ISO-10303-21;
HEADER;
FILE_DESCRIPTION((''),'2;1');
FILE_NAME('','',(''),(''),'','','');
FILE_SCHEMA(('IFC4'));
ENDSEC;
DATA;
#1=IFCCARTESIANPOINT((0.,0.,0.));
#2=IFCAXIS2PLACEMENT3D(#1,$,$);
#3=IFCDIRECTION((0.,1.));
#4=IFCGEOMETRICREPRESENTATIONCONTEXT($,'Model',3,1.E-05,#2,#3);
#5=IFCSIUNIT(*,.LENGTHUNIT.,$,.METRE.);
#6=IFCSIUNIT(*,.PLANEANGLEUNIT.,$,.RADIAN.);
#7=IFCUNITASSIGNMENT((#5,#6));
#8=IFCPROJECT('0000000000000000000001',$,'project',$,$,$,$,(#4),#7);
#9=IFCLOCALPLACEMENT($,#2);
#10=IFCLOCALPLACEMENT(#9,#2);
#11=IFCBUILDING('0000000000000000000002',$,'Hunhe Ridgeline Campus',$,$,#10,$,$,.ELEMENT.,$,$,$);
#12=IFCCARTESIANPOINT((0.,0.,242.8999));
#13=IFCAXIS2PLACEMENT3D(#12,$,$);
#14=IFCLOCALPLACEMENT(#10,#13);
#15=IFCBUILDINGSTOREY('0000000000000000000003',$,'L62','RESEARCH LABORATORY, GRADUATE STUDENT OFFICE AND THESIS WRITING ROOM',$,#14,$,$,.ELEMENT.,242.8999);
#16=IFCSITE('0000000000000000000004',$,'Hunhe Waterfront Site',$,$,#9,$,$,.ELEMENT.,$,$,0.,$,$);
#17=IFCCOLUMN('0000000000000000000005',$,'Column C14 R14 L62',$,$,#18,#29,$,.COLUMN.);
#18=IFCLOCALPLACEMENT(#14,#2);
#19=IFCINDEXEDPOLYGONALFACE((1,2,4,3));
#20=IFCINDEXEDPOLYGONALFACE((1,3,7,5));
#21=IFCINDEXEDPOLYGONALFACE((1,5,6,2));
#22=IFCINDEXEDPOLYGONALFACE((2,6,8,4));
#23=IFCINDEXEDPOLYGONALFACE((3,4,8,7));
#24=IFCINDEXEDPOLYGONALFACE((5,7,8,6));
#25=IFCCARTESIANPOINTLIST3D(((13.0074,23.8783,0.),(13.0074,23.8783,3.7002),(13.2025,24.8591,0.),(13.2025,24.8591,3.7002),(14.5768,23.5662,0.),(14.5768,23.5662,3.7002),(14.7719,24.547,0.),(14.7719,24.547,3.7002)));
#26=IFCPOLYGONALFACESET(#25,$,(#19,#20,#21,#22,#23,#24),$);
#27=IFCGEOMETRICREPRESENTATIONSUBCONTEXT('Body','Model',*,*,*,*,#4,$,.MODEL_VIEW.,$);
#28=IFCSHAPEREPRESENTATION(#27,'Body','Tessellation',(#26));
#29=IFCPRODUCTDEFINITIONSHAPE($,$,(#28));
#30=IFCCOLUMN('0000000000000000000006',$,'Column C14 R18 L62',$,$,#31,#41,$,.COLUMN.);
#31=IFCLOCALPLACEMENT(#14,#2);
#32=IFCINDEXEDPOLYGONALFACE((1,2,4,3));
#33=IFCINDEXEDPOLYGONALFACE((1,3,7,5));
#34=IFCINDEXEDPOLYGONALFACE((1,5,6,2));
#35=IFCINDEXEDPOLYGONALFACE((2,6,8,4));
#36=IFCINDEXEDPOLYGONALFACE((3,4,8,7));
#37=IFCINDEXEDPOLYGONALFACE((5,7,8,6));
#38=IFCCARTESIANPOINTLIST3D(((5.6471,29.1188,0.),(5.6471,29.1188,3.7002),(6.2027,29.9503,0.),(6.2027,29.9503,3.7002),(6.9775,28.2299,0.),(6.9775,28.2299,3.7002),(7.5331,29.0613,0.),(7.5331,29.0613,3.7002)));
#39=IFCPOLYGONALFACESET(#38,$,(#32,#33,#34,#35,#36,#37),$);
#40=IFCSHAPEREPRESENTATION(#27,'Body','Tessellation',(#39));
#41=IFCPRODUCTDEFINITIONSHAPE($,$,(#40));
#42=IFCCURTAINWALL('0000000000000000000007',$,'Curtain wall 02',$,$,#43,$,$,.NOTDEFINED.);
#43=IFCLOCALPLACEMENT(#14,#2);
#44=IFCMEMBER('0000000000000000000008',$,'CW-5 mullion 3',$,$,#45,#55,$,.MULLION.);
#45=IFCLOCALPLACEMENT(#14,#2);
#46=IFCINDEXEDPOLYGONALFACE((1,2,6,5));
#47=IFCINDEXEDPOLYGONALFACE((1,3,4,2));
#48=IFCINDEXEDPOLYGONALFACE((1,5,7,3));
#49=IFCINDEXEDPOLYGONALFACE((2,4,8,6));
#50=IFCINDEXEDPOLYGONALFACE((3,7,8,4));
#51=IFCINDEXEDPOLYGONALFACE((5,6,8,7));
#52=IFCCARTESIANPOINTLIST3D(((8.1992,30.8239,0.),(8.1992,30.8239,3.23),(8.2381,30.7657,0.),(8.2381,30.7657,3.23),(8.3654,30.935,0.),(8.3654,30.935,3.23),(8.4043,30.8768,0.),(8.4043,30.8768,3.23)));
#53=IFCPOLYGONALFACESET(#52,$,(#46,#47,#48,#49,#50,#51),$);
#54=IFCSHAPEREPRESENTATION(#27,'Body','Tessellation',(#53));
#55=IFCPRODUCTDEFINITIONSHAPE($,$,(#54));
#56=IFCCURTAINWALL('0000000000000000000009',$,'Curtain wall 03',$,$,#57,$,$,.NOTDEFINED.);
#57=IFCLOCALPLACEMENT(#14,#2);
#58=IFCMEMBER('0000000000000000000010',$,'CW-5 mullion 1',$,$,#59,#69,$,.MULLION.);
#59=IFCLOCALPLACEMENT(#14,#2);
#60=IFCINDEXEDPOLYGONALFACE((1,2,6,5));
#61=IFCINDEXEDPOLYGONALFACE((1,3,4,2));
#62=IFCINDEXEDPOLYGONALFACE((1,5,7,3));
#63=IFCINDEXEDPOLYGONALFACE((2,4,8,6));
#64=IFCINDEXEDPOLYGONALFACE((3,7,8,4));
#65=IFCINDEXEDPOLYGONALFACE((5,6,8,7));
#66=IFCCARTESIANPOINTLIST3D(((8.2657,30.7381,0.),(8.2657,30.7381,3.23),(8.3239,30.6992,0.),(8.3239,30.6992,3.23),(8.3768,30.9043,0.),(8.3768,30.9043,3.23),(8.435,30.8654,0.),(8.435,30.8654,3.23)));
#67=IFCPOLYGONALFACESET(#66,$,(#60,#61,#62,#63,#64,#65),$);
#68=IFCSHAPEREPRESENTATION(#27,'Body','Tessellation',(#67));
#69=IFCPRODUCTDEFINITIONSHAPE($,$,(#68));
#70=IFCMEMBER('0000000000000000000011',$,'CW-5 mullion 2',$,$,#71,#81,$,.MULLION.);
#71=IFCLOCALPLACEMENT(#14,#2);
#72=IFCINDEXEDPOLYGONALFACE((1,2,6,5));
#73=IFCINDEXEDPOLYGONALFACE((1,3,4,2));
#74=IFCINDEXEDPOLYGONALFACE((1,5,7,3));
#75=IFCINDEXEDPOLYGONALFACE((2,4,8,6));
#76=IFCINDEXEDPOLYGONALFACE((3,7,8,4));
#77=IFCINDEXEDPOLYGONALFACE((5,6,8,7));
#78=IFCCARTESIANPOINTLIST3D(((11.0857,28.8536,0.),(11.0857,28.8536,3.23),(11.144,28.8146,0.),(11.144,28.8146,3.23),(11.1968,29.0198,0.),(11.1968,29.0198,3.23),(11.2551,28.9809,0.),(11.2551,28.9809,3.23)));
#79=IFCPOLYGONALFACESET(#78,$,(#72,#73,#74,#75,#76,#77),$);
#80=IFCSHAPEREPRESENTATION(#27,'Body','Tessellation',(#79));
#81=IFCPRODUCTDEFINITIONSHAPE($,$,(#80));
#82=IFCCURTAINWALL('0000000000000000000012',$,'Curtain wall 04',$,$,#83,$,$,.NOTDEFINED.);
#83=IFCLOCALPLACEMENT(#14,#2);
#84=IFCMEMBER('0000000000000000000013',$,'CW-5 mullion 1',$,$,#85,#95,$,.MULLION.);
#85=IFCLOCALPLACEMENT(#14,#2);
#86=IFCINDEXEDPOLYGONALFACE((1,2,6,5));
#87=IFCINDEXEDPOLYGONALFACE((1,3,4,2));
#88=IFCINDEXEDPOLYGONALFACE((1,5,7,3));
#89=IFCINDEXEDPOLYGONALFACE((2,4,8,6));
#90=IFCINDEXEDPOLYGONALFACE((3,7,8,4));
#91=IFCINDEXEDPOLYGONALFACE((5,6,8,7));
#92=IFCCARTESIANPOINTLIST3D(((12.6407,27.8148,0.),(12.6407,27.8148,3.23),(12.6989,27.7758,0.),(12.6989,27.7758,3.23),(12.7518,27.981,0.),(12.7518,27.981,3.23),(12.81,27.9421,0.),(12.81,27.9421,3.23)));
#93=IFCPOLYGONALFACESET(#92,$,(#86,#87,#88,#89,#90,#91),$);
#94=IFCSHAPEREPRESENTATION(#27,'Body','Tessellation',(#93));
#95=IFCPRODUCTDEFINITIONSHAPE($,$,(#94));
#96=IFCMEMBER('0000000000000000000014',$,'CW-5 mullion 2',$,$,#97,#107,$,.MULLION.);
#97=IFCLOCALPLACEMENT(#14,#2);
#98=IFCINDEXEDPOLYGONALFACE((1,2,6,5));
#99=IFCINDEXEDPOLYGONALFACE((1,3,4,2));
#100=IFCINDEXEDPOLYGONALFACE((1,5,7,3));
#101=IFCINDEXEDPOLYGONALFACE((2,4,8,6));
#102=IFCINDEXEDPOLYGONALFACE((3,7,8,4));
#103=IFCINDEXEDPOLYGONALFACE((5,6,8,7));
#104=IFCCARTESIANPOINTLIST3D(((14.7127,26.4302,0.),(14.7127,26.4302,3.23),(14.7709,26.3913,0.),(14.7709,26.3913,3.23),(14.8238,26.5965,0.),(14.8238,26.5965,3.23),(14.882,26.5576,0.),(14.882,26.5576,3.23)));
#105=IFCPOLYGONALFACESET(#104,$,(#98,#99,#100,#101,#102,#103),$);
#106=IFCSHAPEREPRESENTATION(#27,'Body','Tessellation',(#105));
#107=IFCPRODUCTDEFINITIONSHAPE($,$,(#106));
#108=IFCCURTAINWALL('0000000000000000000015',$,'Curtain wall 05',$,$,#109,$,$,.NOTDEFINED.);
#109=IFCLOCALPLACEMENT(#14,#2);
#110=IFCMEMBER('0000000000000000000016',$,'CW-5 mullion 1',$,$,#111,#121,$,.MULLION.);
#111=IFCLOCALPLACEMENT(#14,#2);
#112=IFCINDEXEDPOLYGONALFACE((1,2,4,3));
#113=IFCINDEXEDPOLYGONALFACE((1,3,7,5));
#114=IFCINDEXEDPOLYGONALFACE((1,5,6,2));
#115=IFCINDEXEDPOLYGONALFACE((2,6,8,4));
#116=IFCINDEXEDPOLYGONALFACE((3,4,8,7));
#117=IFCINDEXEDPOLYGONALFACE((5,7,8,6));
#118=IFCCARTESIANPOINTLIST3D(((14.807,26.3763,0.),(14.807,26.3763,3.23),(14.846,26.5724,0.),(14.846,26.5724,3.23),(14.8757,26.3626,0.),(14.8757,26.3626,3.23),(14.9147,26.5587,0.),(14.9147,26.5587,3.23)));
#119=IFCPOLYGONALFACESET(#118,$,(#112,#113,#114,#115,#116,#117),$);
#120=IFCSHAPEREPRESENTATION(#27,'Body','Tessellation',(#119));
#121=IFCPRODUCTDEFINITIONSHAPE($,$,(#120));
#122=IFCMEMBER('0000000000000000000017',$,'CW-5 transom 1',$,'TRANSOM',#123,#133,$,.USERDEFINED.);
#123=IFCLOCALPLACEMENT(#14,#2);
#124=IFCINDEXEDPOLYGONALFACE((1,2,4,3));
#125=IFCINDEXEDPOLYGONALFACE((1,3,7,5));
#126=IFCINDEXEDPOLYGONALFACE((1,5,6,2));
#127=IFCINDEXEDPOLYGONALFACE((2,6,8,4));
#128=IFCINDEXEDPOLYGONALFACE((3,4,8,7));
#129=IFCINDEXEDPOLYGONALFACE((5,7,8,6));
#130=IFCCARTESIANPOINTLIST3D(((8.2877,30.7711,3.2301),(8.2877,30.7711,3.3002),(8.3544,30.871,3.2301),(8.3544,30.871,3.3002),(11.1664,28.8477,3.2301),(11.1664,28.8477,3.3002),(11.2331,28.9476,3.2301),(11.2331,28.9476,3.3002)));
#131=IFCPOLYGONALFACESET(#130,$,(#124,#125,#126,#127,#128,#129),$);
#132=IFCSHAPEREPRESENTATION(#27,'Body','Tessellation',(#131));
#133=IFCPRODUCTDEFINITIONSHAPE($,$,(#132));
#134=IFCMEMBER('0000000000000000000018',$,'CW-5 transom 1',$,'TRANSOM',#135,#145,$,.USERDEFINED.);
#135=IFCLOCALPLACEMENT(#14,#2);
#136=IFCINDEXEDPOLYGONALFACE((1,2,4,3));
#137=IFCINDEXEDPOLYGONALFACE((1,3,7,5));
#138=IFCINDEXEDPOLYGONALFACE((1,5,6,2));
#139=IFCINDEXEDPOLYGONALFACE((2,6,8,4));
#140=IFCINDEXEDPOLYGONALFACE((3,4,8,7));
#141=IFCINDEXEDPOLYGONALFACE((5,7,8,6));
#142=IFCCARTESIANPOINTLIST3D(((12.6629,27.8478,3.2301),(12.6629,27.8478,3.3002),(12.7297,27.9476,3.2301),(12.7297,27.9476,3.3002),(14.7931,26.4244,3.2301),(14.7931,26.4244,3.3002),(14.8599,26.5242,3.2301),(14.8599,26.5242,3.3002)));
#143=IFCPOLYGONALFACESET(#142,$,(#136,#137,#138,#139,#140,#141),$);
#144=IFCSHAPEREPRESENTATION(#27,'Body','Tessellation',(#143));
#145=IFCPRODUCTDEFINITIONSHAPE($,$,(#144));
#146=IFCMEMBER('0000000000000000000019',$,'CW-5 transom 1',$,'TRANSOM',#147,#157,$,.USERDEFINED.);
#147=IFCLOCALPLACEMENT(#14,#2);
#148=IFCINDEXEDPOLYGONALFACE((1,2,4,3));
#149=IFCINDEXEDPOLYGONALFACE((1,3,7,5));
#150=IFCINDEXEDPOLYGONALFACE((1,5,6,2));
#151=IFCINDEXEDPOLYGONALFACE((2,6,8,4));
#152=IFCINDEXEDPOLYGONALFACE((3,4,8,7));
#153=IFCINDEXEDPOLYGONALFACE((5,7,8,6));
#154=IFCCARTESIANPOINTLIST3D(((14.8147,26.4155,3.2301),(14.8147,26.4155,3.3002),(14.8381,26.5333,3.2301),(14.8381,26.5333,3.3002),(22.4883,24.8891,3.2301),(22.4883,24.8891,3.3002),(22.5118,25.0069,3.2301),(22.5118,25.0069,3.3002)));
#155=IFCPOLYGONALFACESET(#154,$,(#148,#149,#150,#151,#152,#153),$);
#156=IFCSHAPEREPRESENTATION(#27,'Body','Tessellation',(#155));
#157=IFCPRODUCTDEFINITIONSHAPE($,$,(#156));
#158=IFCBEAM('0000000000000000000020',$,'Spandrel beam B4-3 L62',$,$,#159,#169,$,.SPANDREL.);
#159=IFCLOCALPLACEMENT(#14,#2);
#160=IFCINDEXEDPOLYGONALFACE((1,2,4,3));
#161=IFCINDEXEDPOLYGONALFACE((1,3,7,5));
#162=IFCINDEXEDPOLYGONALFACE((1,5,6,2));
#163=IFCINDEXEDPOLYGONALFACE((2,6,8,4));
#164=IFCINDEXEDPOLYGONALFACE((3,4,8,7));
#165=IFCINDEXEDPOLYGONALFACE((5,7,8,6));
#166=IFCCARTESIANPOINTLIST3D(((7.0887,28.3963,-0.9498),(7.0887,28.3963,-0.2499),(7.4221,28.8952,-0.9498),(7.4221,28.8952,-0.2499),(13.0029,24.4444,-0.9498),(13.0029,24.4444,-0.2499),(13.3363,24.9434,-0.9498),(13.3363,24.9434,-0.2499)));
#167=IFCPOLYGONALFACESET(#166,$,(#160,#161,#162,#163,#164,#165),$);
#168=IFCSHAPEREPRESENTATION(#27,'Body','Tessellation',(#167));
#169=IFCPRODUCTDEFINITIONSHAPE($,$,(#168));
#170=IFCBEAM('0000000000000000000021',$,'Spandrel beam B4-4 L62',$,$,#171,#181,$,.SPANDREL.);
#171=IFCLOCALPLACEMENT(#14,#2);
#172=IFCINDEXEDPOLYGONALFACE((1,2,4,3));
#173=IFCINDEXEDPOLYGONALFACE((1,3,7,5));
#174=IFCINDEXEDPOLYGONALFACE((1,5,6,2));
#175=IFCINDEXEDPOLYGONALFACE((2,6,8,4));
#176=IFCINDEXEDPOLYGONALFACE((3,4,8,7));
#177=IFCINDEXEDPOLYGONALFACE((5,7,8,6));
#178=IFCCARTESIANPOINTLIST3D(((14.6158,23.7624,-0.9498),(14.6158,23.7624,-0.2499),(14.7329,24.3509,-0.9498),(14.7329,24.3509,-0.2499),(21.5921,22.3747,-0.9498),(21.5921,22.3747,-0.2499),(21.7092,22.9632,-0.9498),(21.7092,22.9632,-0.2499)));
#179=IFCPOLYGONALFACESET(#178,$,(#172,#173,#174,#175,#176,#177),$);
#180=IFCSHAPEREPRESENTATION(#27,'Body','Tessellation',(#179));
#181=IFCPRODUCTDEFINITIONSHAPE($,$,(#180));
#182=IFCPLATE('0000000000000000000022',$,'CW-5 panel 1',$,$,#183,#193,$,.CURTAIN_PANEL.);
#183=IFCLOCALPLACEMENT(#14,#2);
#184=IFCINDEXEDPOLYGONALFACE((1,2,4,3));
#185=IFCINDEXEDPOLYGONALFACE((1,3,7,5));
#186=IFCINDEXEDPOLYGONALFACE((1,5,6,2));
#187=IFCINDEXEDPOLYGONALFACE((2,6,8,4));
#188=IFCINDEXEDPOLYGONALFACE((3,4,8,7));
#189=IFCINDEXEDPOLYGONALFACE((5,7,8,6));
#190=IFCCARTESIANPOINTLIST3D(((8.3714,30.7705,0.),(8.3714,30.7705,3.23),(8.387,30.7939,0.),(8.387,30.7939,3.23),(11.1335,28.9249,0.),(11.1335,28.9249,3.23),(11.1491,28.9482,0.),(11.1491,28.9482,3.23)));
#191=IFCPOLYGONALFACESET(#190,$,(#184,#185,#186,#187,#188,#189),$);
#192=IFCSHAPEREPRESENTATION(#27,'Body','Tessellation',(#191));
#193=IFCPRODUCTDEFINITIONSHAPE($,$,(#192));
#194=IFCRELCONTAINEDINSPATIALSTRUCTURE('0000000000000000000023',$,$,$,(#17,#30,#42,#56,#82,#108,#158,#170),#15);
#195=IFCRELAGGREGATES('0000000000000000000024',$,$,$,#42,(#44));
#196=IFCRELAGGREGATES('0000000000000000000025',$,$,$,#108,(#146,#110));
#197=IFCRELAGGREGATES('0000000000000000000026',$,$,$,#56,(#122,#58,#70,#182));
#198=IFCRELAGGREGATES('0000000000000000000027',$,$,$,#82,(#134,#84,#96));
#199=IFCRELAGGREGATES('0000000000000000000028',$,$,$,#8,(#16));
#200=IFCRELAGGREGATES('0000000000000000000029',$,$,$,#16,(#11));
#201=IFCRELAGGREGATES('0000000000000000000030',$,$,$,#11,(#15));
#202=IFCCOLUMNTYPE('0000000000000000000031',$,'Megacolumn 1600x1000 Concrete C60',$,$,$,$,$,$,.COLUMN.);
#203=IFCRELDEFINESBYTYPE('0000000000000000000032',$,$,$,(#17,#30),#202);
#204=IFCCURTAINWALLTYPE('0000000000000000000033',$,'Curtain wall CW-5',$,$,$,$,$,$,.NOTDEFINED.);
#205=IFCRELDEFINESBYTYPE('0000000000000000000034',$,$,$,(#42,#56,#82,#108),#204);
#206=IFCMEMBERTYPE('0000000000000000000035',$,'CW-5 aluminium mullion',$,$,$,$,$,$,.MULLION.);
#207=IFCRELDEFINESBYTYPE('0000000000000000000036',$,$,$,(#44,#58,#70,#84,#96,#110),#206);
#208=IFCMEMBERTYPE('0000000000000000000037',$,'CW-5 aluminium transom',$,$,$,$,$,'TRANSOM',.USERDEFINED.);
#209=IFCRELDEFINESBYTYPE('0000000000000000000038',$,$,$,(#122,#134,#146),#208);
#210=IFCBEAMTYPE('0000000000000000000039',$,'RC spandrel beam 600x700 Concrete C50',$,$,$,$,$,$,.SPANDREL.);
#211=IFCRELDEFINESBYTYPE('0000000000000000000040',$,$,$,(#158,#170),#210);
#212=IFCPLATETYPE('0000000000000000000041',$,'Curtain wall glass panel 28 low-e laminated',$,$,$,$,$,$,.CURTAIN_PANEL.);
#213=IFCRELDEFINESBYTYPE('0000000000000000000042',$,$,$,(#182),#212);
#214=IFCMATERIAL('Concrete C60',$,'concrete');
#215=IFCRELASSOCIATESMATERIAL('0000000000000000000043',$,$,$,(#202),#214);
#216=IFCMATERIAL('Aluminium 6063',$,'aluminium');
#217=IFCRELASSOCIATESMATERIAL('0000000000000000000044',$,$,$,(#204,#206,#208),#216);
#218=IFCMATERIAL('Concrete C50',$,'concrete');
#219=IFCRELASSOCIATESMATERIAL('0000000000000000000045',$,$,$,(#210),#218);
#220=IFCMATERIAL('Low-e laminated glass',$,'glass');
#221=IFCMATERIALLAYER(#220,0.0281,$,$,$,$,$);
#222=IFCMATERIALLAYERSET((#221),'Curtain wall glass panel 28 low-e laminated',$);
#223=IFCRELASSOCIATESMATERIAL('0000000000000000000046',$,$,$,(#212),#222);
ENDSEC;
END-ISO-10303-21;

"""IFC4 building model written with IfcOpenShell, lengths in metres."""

from ifc_helpers import new_model, si_unit, direction, frame, origin, origin_2d, place, context, subcontext, project, spatial, rectangle, extrude, material, layer, layer_set, material_profile, profile_set, type_object, element, aggregate, save


model = new_model("IFC4")

# Units and contexts
model_context = context("Model", 3, precision=1e-05, world=origin(), true_north=direction((0.0, 1.0)))
body_context = subcontext(model_context, "Body", "Model", "MODEL_VIEW")
ifc_project = project(units=[si_unit("LENGTHUNIT", "METRE"), si_unit("PLANEANGLEUNIT", "RADIAN")], contexts=[model_context])

# Site, building, storey
site_placement = place(None, origin())
site = spatial("IfcSite", under=ifc_project, at=site_placement, Name="Hunhe Waterfront Site", CompositionType="ELEMENT", RefElevation=0.0)
building_placement = place(site_placement, origin())
building = spatial("IfcBuilding", under=site, at=building_placement, Name="Hunhe Ridgeline Campus", CompositionType="ELEMENT")
storey_placement = place(building_placement, frame((0.0, 0.0, 242.8999)))
storey = spatial("IfcBuildingStorey", under=building, at=storey_placement, Name="L62", Description="RESEARCH LABORATORY, GRADUATE STUDENT OFFICE AND THESIS WRITING ROOM", CompositionType="ELEMENT", Elevation=242.8999)

# Columns
ifc_material_1 = material(Name="Concrete C60", Category="concrete")
ifc_material_profile_1 = material_profile(ifc_material_1, rectangle(XDim=1.6001, YDim=1.0, at=origin_2d()))
ifc_profile_set_1 = profile_set([ifc_material_profile_1], Name="Concrete C60")
column_type = type_object("IfcColumnType", Name="Megacolumn 1600x1000 Concrete C60", PredefinedType="COLUMN", material=ifc_profile_set_1)
for number, where, z_axis, x_axis, name in (
    (1, (13.8896, 24.2126, 0.0), (0.0, 0.0, 1.0), (-0.980785, 0.19509, 0.0), "Column C14 R14 L62"),
    (2, (6.5901, 29.0901, 0.0), (0.0, 0.0, 1.0), (-0.83147, 0.55557, 0.0), "Column C14 R18 L62"),
):
    element("IfcColumn", number, at=place(storey_placement, frame(where, z_axis=z_axis, x_axis=x_axis)), inside=storey, type_object=column_type, Name=name, PredefinedType="COLUMN", context=body_context, shape_type="SweptSolid", body=[
        extrude(rectangle(XDim=1.6001, YDim=1.0, at=origin_2d()), origin(), (0.0, 0.0, 1.0), 3.7002),
    ])

# Curtain wall, member
ifc_material_2 = material(Name="Aluminium 6063", Category="aluminium")
curtain_wall_type = type_object("IfcCurtainWallType", Name="Curtain wall CW-5", PredefinedType="NOTDEFINED", material=ifc_material_2)
curtain_wall_1_placement = place(storey_placement, origin())
curtain_wall_1 = element("IfcCurtainWall", 3, at=curtain_wall_1_placement, inside=storey, type_object=curtain_wall_type, Name="Curtain wall 02", PredefinedType="NOTDEFINED")
ifc_material_profile_2 = material_profile(ifc_material_2, rectangle(XDim=0.2, YDim=0.0701, at=origin_2d()))
ifc_profile_set_2 = profile_set([ifc_material_profile_2], Name="Aluminium 6063")
member_type_1 = type_object("IfcMemberType", Name="CW-5 aluminium mullion", PredefinedType="MULLION", material=ifc_profile_set_2)
member_1_placement = place(storey_placement, frame((8.3018, 30.8503, 0.0), z_axis=(0.0, 0.0, 1.0), x_axis=(0.83147, 0.55557, 0.0)))
member_1 = element("IfcMember", 4, at=member_1_placement, type_object=member_type_1, Name="CW-5 mullion 3", PredefinedType="MULLION", context=body_context, shape_type="SweptSolid", body=[
    extrude(rectangle(XDim=0.2, YDim=0.0701, at=origin_2d()), origin(), (0.0, 0.0, 1.0), 3.23),
])
aggregate(curtain_wall_1, [member_1])

# Curtain walls, members
curtain_wall_2_placement = place(storey_placement, origin())
curtain_wall_2 = element("IfcCurtainWall", 5, at=curtain_wall_2_placement, inside=storey, type_object=curtain_wall_type, Name="Curtain wall 03", PredefinedType="NOTDEFINED")
member_2_placement = place(storey_placement, frame((8.3503, 30.8018, 0.0), z_axis=(0.0, 0.0, 1.0), x_axis=(0.55557, 0.83147, 0.0)))
member_2 = element("IfcMember", 6, at=member_2_placement, type_object=member_type_1, Name="CW-5 mullion 1", PredefinedType="MULLION", context=body_context, shape_type="SweptSolid", body=[
    extrude(rectangle(XDim=0.2, YDim=0.0701, at=origin_2d()), origin(), (0.0, 0.0, 1.0), 3.23),
])
member_3_placement = place(storey_placement, frame((11.1704, 28.9172, 0.0), z_axis=(0.0, 0.0, 1.0), x_axis=(0.55557, 0.83147, 0.0)))
member_3 = element("IfcMember", 7, at=member_3_placement, type_object=member_type_1, Name="CW-5 mullion 2", PredefinedType="MULLION", context=body_context, shape_type="SweptSolid", body=[
    extrude(rectangle(XDim=0.2, YDim=0.0701, at=origin_2d()), origin(), (0.0, 0.0, 1.0), 3.23),
])
curtain_wall_3_placement = place(storey_placement, origin())
curtain_wall_3 = element("IfcCurtainWall", 8, at=curtain_wall_3_placement, inside=storey, type_object=curtain_wall_type, Name="Curtain wall 04", PredefinedType="NOTDEFINED")
member_4_placement = place(storey_placement, frame((12.7253, 27.8784, 0.0), z_axis=(0.0, 0.0, 1.0), x_axis=(0.55557, 0.83147, 0.0)))
member_4 = element("IfcMember", 9, at=member_4_placement, type_object=member_type_1, Name="CW-5 mullion 1", PredefinedType="MULLION", context=body_context, shape_type="SweptSolid", body=[
    extrude(rectangle(XDim=0.2, YDim=0.0701, at=origin_2d()), origin(), (0.0, 0.0, 1.0), 3.23),
])
member_5_placement = place(storey_placement, frame((14.7974, 26.4939, 0.0), z_axis=(0.0, 0.0, 1.0), x_axis=(0.55557, 0.83147, 0.0)))
member_5 = element("IfcMember", 10, at=member_5_placement, type_object=member_type_1, Name="CW-5 mullion 2", PredefinedType="MULLION", context=body_context, shape_type="SweptSolid", body=[
    extrude(rectangle(XDim=0.2, YDim=0.0701, at=origin_2d()), origin(), (0.0, 0.0, 1.0), 3.23),
])

# Curtain wall, member
curtain_wall_4_placement = place(storey_placement, origin())
curtain_wall_4 = element("IfcCurtainWall", 11, at=curtain_wall_4_placement, inside=storey, type_object=curtain_wall_type, Name="Curtain wall 05", PredefinedType="NOTDEFINED")
member_6_placement = place(storey_placement, frame((14.8608, 26.4675, 0.0), z_axis=(0.0, 0.0, 1.0), x_axis=(0.19509, 0.980785, 0.0)))
member_6 = element("IfcMember", 12, at=member_6_placement, type_object=member_type_1, Name="CW-5 mullion 1", PredefinedType="MULLION", context=body_context, shape_type="SweptSolid", body=[
    extrude(rectangle(XDim=0.2, YDim=0.0701, at=origin_2d()), origin(), (0.0, 0.0, 1.0), 3.23),
])

# Members
ifc_material_profile_3 = material_profile(ifc_material_2, rectangle(XDim=0.1201, YDim=0.0701, at=origin_2d()))
ifc_profile_set_3 = profile_set([ifc_material_profile_3], Name="Aluminium 6063")
member_type_2 = type_object("IfcMemberType", Name="CW-5 aluminium transom", ElementType="TRANSOM", PredefinedType="USERDEFINED", material=ifc_profile_set_3)
member_7_placement = place(storey_placement, frame((8.321, 30.821, 3.2651), z_axis=(0.831486, -0.555546, 0.0), x_axis=(0.555546, 0.831486, 0.0)))
member_7 = element("IfcMember", 13, at=member_7_placement, type_object=member_type_2, Name="CW-5 transom 1", ObjectType="TRANSOM", PredefinedType="USERDEFINED", context=body_context, shape_type="SweptSolid", body=[
    extrude(rectangle(XDim=0.1201, YDim=0.0701, at=origin_2d()), origin(), (0.0, 0.0, 1.0), 3.4622),
])
member_8_placement = place(storey_placement, frame((12.6963, 27.8977, 3.2651), z_axis=(0.831463, -0.55558, 0.0), x_axis=(0.55558, 0.831463, 0.0)))
member_8 = element("IfcMember", 14, at=member_8_placement, type_object=member_type_2, Name="CW-5 transom 1", ObjectType="TRANSOM", PredefinedType="USERDEFINED", context=body_context, shape_type="SweptSolid", body=[
    extrude(rectangle(XDim=0.1201, YDim=0.0701, at=origin_2d()), origin(), (0.0, 0.0, 1.0), 2.562),
])
member_9_placement = place(storey_placement, frame((14.8264, 26.4744, 3.2651), z_axis=(0.980785, -0.19509, 0.0), x_axis=(0.19509, 0.980785, 0.0)))
member_9 = element("IfcMember", 15, at=member_9_placement, type_object=member_type_2, Name="CW-5 transom 1", ObjectType="TRANSOM", PredefinedType="USERDEFINED", context=body_context, shape_type="SweptSolid", body=[
    extrude(rectangle(XDim=0.1201, YDim=0.0701, at=origin_2d()), origin(), (0.0, 0.0, 1.0), 7.824),
])
aggregate(curtain_wall_4, [member_9, member_6])

# Beams
ifc_material_3 = material(Name="Concrete C50", Category="concrete")
ifc_material_profile_4 = material_profile(ifc_material_3, rectangle(XDim=0.6001, YDim=0.7, at=origin_2d()))
ifc_profile_set_4 = profile_set([ifc_material_profile_4], Name="Concrete C50")
beam_type = type_object("IfcBeamType", Name="RC spandrel beam 600x700 Concrete C50", PredefinedType="SPANDREL", material=ifc_profile_set_4)
for number, where, z_axis, x_axis, name in (
    (16, (7.2554, 28.6458, -0.5999), (0.831464, -0.555579, 0.0), (0.555579, 0.831464, 0.0), "Spandrel beam B4-3 L62"),
    (17, (14.6743, 24.0566, -0.5999), (0.980785, -0.195093, 0.0), (0.195093, 0.980785, 0.0), "Spandrel beam B4-4 L62"),
):
    element("IfcBeam", number, at=place(storey_placement, frame(where, z_axis=z_axis, x_axis=x_axis)), inside=storey, type_object=beam_type, Name=name, PredefinedType="SPANDREL", context=body_context, shape_type="SweptSolid", body=[
        extrude(rectangle(XDim=0.6001, YDim=0.7, at=origin_2d()), origin(), (0.0, 0.0, 1.0), 7.113),
    ])

# Plate
ifc_material_4 = material(Name="Low-e laminated glass", Category="glass")
ifc_layer_1 = layer(ifc_material_4, 0.0281)
ifc_layer_set_1 = layer_set([ifc_layer_1], Name="Curtain wall glass panel 28 low-e laminated")
plate_type = type_object("IfcPlateType", Name="Curtain wall glass panel 28 low-e laminated", PredefinedType="CURTAIN_PANEL", material=ifc_layer_set_1)
plate_1_placement = place(storey_placement, frame((9.7603, 29.8594, 0.0), z_axis=(0.0, 0.0, 1.0), x_axis=(0.83147, -0.55557, 0.0)))
plate_1 = element("IfcPlate", 18, at=plate_1_placement, type_object=plate_type, Name="CW-5 panel 1", PredefinedType="CURTAIN_PANEL", context=body_context, shape_type="SweptSolid", body=[
    extrude(rectangle(XDim=3.322, YDim=0.0281, at=origin_2d()), origin(), (0.0, 0.0, 1.0), 3.23),
])
aggregate(curtain_wall_2, [member_7, member_2, member_3, plate_1])
aggregate(curtain_wall_3, [member_8, member_4, member_5])

save(model, "model.ifc")
